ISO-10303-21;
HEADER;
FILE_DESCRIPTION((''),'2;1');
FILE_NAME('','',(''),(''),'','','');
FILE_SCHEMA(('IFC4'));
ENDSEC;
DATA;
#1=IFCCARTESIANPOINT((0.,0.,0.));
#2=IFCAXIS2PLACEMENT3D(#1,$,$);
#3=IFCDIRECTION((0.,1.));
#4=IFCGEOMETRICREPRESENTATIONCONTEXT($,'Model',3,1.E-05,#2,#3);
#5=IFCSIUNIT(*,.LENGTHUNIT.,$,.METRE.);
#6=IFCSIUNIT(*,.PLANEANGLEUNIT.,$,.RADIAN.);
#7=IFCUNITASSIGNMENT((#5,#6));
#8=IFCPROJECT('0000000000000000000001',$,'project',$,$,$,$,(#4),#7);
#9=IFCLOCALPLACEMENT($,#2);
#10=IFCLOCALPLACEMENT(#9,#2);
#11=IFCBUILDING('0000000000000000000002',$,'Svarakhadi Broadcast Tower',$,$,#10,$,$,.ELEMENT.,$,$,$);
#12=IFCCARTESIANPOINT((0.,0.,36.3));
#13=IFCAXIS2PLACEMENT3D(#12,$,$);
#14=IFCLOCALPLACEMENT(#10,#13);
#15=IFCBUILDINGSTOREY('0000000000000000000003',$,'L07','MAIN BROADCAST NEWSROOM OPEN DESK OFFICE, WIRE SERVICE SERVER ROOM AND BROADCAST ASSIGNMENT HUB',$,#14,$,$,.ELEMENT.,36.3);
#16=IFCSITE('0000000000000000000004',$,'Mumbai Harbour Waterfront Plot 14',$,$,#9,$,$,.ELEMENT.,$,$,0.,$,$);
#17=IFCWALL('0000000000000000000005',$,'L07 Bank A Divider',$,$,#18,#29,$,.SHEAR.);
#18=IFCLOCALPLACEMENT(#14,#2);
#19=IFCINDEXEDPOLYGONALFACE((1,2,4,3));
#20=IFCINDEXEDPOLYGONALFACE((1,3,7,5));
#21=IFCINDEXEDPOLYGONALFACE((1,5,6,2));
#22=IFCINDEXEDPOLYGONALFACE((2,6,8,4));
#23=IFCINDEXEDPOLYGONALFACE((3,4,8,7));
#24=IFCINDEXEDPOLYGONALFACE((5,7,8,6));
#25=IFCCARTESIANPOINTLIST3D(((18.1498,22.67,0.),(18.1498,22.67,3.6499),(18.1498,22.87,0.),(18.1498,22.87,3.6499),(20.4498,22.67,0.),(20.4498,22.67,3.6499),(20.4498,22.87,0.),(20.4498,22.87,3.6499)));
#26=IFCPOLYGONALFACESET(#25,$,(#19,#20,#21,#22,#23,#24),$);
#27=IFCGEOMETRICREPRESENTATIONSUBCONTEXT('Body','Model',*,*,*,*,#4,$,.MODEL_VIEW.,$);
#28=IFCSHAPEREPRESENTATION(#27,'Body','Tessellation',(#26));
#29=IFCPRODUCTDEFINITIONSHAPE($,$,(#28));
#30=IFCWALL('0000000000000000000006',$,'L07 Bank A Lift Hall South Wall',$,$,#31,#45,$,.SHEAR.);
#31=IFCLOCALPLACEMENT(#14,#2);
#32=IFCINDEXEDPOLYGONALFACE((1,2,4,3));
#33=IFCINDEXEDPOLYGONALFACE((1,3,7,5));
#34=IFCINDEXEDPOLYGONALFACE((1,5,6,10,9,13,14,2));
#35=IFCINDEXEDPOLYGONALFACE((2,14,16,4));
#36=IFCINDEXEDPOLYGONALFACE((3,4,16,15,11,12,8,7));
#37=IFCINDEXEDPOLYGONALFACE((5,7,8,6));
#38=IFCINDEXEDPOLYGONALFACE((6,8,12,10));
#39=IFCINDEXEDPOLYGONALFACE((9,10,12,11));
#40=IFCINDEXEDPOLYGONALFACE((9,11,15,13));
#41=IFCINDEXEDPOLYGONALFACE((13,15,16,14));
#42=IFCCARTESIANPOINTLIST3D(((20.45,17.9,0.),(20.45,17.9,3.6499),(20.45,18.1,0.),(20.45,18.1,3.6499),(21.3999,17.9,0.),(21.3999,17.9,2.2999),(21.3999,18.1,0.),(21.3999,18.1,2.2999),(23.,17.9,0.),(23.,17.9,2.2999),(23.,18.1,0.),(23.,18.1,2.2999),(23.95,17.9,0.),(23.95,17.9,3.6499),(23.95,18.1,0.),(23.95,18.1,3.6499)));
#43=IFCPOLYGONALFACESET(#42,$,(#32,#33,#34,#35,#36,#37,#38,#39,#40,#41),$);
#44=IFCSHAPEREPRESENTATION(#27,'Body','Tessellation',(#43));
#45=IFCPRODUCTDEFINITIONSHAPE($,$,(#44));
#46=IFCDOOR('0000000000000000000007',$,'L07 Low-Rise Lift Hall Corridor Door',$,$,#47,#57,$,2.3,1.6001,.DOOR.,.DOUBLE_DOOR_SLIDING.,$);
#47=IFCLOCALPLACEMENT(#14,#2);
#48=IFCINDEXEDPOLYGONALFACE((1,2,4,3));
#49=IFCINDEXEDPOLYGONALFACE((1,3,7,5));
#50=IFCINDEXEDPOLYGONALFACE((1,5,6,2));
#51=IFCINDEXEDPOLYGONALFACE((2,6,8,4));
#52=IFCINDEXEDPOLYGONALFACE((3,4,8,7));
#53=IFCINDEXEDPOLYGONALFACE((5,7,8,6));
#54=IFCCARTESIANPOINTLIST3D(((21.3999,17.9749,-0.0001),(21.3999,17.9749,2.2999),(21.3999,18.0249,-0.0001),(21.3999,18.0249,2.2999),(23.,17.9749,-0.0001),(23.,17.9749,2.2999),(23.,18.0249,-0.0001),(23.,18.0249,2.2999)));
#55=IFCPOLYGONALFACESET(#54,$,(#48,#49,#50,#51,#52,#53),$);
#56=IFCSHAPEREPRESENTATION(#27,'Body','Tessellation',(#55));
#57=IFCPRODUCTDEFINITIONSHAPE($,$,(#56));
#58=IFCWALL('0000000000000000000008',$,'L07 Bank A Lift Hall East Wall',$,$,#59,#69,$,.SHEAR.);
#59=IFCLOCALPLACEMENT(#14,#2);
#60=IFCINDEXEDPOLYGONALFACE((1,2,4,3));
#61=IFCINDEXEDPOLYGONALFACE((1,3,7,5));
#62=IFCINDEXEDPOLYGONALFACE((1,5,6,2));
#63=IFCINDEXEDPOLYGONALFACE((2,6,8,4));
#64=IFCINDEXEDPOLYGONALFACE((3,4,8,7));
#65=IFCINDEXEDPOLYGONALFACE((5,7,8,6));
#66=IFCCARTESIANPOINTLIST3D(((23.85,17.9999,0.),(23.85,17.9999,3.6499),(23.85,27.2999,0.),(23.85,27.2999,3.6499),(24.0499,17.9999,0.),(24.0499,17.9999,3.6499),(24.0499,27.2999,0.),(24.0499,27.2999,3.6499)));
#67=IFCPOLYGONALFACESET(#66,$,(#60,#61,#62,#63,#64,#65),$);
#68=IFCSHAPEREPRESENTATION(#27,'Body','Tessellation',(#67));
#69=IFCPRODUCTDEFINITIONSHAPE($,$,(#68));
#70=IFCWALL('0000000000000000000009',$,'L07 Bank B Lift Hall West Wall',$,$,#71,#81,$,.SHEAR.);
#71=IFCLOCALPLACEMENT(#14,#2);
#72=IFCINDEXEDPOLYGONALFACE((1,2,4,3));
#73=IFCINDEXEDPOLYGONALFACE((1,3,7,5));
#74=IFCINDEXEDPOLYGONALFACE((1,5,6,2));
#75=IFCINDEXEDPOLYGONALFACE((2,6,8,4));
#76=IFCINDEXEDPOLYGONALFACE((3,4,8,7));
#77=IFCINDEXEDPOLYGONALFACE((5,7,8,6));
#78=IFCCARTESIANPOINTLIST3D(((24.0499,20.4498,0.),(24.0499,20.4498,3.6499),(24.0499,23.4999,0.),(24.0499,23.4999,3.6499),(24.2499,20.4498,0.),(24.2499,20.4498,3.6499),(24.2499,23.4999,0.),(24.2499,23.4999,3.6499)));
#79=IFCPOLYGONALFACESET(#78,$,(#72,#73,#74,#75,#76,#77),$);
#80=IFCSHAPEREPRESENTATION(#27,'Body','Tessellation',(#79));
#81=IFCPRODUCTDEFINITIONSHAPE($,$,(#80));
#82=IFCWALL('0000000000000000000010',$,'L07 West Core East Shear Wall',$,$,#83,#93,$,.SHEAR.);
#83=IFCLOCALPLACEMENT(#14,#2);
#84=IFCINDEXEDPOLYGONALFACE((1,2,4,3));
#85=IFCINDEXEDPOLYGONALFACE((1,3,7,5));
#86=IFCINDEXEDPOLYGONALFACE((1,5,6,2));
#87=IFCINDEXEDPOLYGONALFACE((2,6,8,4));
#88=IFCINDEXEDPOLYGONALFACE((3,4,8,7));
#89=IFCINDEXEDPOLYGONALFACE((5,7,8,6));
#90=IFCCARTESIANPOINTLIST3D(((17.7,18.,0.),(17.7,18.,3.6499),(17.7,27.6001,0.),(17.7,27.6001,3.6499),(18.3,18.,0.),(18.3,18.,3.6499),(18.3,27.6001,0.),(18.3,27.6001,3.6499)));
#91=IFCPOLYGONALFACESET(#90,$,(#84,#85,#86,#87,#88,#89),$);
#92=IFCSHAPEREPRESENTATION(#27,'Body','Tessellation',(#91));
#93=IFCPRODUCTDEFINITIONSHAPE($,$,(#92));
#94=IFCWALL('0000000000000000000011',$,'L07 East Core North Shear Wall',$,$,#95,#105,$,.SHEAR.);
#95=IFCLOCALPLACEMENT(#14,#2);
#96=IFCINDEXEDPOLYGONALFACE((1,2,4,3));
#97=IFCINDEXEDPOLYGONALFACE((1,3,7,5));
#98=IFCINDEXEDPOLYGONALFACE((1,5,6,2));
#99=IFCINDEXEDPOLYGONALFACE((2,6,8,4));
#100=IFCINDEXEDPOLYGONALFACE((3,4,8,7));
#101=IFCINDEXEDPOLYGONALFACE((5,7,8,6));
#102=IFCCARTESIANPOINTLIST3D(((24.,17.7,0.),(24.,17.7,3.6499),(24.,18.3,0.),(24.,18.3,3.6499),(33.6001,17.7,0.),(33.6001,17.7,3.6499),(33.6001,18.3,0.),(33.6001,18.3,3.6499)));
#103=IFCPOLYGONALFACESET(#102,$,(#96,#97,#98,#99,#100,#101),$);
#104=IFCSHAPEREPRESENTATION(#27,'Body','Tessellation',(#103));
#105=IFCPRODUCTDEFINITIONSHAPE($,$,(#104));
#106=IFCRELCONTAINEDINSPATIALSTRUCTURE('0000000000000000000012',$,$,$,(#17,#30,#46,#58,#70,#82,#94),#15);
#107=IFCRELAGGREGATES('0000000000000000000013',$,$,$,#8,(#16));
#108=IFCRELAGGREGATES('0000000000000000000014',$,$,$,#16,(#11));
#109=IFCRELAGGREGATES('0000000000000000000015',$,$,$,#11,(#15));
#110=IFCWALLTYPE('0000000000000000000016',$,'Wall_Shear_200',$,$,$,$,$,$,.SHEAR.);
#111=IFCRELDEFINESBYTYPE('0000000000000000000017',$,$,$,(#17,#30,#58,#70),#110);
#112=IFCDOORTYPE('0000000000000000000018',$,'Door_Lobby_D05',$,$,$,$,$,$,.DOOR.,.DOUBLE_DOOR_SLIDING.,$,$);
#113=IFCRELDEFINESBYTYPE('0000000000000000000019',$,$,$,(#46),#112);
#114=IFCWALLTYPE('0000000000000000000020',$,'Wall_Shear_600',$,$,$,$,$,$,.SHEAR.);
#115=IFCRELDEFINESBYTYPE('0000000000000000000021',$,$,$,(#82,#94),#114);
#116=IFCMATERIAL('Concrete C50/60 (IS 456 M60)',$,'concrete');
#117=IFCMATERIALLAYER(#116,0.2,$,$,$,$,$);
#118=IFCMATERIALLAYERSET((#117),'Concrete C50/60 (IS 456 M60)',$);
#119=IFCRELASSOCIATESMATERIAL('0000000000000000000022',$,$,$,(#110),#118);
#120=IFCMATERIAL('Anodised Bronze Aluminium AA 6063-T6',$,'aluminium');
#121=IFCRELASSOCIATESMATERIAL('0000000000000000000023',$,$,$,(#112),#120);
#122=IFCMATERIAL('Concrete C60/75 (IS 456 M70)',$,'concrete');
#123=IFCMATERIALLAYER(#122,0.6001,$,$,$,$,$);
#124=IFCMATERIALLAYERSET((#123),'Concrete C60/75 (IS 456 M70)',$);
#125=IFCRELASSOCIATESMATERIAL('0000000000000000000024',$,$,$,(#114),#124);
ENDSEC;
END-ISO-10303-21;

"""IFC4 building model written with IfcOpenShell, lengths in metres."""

from ifc_helpers import new_model, si_unit, direction, frame, frame_2d, origin, place, context, subcontext, project, spatial, rectangle, extrude, material, layer, layer_set, type_object, element, fill, save


model = new_model("IFC4")

# Units and contexts
model_context = context("Model", 3, precision=1e-05, world=origin(), true_north=direction((0.0, 1.0)))
body_context = subcontext(model_context, "Body", "Model", "MODEL_VIEW")
ifc_project = project(units=[si_unit("LENGTHUNIT", "METRE"), si_unit("PLANEANGLEUNIT", "RADIAN")], contexts=[model_context])

# Site, building, storey
site_placement = place(None, origin())
site = spatial("IfcSite", under=ifc_project, at=site_placement, Name="Mumbai Harbour Waterfront Plot 14", CompositionType="ELEMENT", RefElevation=0.0)
building_placement = place(site_placement, origin())
building = spatial("IfcBuilding", under=site, at=building_placement, Name="Svarakhadi Broadcast Tower", CompositionType="ELEMENT")
storey_placement = place(building_placement, frame((0.0, 0.0, 36.3)))
storey = spatial("IfcBuildingStorey", under=building, at=storey_placement, Name="L07", Description="MAIN BROADCAST NEWSROOM OPEN DESK OFFICE, WIRE SERVICE SERVER ROOM AND BROADCAST ASSIGNMENT HUB", CompositionType="ELEMENT", Elevation=36.3)

# Shared definitions
ifc_material_1 = material(Name="Concrete C60/75 (IS 456 M70)", Category="concrete")

# Shared definitions
ifc_material_2 = material(Name="Anodised Bronze Aluminium AA 6063-T6", Category="aluminium")

# Shared definitions
ifc_material_3 = material(Name="Concrete C50/60 (IS 456 M60)", Category="concrete")
ifc_layer_1 = layer(ifc_material_3, 0.2)
ifc_layer_set_1 = layer_set([ifc_layer_1], Name="Concrete C50/60 (IS 456 M60)")
wall_type_1 = type_object("IfcWallType", Name="Wall_Shear_200", PredefinedType="SHEAR", material=ifc_layer_set_1)

# Wall
for number, where, z_axis, x_axis, name in (
    (1, (18.1499, 22.77, 0.0), (0.0, 0.0, 1.0), (1.0, 0.0, 0.0), "L07 Bank A Divider"),
):
    element("IfcWall", number, at=place(storey_placement, frame(where, z_axis=z_axis, x_axis=x_axis)), inside=storey, type_object=wall_type_1, Name=name, PredefinedType="SHEAR", context=body_context, shape_type="SweptSolid", body=[
        extrude(rectangle(XDim=2.3, YDim=0.2, at=frame_2d((1.1499, 0.0))), origin(), (0.0, 0.0, 1.0), 3.6499),
    ])

# Wall, opening, door
wall_1_placement = place(storey_placement, frame((20.45, 18.0, 0.0), z_axis=(0.0, 0.0, 1.0), x_axis=(1.0, 0.0, 0.0)))
wall_1 = element("IfcWall", 2, at=wall_1_placement, inside=storey, type_object=wall_type_1, Name="L07 Bank A Lift Hall South Wall", PredefinedType="SHEAR", context=body_context, shape_type="SweptSolid", body=[
    extrude(rectangle(XDim=3.5, YDim=0.2, at=frame_2d((1.75, 0.0))), origin(), (0.0, 0.0, 1.0), 3.6499),
])
opening_1_placement = place(wall_1_placement, frame((0.95, 0.0, 0.0)))
opening_1 = element("IfcOpeningElement", 3, at=opening_1_placement, cuts=wall_1, PredefinedType="OPENING", context=body_context, shape_type="SweptSolid", body=[
    extrude(rectangle(XDim=1.6001, YDim=2.3, at=frame_2d((0.8, 1.1499))), frame((0.0, 0.1099, 0.0), z_axis=(0.0, -1.0, 0.0), x_axis=(1.0, 0.0, 0.0)), (0.0, 0.0, 1.0), 0.22),
])
door_type_1 = type_object("IfcDoorType", Name="Door_Lobby_D05", OperationType="DOUBLE_DOOR_SLIDING", PredefinedType="DOOR", material=ifc_material_2)
door_1_placement = place(opening_1_placement, origin())
door_1 = element("IfcDoor", 4, at=door_1_placement, inside=storey, type_object=door_type_1, Name="L07 Low-Rise Lift Hall Corridor Door", OperationType="DOUBLE_DOOR_SLIDING", OverallHeight=2.3, OverallWidth=1.6001, PredefinedType="DOOR", context=body_context, shape_type="SweptSolid", body=[
    extrude(rectangle(XDim=1.6001, YDim=2.3, at=frame_2d((0.8, 1.1499))), frame((0.0, 0.0249, 0.0), z_axis=(0.0, -1.0, 0.0), x_axis=(1.0, 0.0, 0.0)), (0.0, 0.0, 1.0), 0.05),
])
fill(opening_1, door_1)

# Walls
wall_2_placement = place(storey_placement, frame((23.95, 18.0, 0.0), z_axis=(0.0, 0.0, 1.0), x_axis=(0.0, 1.0, 0.0)))
element("IfcWall", 5, at=wall_2_placement, inside=storey, type_object=wall_type_1, Name="L07 Bank A Lift Hall East Wall", PredefinedType="SHEAR", context=body_context, shape_type="SweptSolid", body=[
    extrude(rectangle(XDim=9.3, YDim=0.2, at=frame_2d((4.6499, 0.0))), origin(), (0.0, 0.0, 1.0), 3.6499),
])
wall_3_placement = place(storey_placement, frame((24.1499, 20.45, 0.0), z_axis=(0.0, 0.0, 1.0), x_axis=(0.0, 1.0, 0.0)))
element("IfcWall", 6, at=wall_3_placement, inside=storey, type_object=wall_type_1, Name="L07 Bank B Lift Hall West Wall", PredefinedType="SHEAR", context=body_context, shape_type="SweptSolid", body=[
    extrude(rectangle(XDim=3.05, YDim=0.2, at=frame_2d((1.5249, 0.0))), origin(), (0.0, 0.0, 1.0), 3.6499),
])
ifc_layer_2 = layer(ifc_material_1, 0.6001)
ifc_layer_set_2 = layer_set([ifc_layer_2], Name="Concrete C60/75 (IS 456 M70)")
wall_type_2 = type_object("IfcWallType", Name="Wall_Shear_600", PredefinedType="SHEAR", material=ifc_layer_set_2)
for number, where, z_axis, x_axis, name in (
    (7, (18.0, 18.0, 0.0), (0.0, 0.0, 1.0), (0.0, 1.0, 0.0), "L07 West Core East Shear Wall"),
    (8, (24.0, 18.0, 0.0), (0.0, 0.0, 1.0), (1.0, 0.0, 0.0), "L07 East Core North Shear Wall"),
):
    element("IfcWall", number, at=place(storey_placement, frame(where, z_axis=z_axis, x_axis=x_axis)), inside=storey, type_object=wall_type_2, Name=name, PredefinedType="SHEAR", context=body_context, shape_type="SweptSolid", body=[
        extrude(rectangle(XDim=9.6001, YDim=0.6001, at=frame_2d((4.8, 0.0))), origin(), (0.0, 0.0, 1.0), 3.6499),
    ])

save(model, "model.ifc")
